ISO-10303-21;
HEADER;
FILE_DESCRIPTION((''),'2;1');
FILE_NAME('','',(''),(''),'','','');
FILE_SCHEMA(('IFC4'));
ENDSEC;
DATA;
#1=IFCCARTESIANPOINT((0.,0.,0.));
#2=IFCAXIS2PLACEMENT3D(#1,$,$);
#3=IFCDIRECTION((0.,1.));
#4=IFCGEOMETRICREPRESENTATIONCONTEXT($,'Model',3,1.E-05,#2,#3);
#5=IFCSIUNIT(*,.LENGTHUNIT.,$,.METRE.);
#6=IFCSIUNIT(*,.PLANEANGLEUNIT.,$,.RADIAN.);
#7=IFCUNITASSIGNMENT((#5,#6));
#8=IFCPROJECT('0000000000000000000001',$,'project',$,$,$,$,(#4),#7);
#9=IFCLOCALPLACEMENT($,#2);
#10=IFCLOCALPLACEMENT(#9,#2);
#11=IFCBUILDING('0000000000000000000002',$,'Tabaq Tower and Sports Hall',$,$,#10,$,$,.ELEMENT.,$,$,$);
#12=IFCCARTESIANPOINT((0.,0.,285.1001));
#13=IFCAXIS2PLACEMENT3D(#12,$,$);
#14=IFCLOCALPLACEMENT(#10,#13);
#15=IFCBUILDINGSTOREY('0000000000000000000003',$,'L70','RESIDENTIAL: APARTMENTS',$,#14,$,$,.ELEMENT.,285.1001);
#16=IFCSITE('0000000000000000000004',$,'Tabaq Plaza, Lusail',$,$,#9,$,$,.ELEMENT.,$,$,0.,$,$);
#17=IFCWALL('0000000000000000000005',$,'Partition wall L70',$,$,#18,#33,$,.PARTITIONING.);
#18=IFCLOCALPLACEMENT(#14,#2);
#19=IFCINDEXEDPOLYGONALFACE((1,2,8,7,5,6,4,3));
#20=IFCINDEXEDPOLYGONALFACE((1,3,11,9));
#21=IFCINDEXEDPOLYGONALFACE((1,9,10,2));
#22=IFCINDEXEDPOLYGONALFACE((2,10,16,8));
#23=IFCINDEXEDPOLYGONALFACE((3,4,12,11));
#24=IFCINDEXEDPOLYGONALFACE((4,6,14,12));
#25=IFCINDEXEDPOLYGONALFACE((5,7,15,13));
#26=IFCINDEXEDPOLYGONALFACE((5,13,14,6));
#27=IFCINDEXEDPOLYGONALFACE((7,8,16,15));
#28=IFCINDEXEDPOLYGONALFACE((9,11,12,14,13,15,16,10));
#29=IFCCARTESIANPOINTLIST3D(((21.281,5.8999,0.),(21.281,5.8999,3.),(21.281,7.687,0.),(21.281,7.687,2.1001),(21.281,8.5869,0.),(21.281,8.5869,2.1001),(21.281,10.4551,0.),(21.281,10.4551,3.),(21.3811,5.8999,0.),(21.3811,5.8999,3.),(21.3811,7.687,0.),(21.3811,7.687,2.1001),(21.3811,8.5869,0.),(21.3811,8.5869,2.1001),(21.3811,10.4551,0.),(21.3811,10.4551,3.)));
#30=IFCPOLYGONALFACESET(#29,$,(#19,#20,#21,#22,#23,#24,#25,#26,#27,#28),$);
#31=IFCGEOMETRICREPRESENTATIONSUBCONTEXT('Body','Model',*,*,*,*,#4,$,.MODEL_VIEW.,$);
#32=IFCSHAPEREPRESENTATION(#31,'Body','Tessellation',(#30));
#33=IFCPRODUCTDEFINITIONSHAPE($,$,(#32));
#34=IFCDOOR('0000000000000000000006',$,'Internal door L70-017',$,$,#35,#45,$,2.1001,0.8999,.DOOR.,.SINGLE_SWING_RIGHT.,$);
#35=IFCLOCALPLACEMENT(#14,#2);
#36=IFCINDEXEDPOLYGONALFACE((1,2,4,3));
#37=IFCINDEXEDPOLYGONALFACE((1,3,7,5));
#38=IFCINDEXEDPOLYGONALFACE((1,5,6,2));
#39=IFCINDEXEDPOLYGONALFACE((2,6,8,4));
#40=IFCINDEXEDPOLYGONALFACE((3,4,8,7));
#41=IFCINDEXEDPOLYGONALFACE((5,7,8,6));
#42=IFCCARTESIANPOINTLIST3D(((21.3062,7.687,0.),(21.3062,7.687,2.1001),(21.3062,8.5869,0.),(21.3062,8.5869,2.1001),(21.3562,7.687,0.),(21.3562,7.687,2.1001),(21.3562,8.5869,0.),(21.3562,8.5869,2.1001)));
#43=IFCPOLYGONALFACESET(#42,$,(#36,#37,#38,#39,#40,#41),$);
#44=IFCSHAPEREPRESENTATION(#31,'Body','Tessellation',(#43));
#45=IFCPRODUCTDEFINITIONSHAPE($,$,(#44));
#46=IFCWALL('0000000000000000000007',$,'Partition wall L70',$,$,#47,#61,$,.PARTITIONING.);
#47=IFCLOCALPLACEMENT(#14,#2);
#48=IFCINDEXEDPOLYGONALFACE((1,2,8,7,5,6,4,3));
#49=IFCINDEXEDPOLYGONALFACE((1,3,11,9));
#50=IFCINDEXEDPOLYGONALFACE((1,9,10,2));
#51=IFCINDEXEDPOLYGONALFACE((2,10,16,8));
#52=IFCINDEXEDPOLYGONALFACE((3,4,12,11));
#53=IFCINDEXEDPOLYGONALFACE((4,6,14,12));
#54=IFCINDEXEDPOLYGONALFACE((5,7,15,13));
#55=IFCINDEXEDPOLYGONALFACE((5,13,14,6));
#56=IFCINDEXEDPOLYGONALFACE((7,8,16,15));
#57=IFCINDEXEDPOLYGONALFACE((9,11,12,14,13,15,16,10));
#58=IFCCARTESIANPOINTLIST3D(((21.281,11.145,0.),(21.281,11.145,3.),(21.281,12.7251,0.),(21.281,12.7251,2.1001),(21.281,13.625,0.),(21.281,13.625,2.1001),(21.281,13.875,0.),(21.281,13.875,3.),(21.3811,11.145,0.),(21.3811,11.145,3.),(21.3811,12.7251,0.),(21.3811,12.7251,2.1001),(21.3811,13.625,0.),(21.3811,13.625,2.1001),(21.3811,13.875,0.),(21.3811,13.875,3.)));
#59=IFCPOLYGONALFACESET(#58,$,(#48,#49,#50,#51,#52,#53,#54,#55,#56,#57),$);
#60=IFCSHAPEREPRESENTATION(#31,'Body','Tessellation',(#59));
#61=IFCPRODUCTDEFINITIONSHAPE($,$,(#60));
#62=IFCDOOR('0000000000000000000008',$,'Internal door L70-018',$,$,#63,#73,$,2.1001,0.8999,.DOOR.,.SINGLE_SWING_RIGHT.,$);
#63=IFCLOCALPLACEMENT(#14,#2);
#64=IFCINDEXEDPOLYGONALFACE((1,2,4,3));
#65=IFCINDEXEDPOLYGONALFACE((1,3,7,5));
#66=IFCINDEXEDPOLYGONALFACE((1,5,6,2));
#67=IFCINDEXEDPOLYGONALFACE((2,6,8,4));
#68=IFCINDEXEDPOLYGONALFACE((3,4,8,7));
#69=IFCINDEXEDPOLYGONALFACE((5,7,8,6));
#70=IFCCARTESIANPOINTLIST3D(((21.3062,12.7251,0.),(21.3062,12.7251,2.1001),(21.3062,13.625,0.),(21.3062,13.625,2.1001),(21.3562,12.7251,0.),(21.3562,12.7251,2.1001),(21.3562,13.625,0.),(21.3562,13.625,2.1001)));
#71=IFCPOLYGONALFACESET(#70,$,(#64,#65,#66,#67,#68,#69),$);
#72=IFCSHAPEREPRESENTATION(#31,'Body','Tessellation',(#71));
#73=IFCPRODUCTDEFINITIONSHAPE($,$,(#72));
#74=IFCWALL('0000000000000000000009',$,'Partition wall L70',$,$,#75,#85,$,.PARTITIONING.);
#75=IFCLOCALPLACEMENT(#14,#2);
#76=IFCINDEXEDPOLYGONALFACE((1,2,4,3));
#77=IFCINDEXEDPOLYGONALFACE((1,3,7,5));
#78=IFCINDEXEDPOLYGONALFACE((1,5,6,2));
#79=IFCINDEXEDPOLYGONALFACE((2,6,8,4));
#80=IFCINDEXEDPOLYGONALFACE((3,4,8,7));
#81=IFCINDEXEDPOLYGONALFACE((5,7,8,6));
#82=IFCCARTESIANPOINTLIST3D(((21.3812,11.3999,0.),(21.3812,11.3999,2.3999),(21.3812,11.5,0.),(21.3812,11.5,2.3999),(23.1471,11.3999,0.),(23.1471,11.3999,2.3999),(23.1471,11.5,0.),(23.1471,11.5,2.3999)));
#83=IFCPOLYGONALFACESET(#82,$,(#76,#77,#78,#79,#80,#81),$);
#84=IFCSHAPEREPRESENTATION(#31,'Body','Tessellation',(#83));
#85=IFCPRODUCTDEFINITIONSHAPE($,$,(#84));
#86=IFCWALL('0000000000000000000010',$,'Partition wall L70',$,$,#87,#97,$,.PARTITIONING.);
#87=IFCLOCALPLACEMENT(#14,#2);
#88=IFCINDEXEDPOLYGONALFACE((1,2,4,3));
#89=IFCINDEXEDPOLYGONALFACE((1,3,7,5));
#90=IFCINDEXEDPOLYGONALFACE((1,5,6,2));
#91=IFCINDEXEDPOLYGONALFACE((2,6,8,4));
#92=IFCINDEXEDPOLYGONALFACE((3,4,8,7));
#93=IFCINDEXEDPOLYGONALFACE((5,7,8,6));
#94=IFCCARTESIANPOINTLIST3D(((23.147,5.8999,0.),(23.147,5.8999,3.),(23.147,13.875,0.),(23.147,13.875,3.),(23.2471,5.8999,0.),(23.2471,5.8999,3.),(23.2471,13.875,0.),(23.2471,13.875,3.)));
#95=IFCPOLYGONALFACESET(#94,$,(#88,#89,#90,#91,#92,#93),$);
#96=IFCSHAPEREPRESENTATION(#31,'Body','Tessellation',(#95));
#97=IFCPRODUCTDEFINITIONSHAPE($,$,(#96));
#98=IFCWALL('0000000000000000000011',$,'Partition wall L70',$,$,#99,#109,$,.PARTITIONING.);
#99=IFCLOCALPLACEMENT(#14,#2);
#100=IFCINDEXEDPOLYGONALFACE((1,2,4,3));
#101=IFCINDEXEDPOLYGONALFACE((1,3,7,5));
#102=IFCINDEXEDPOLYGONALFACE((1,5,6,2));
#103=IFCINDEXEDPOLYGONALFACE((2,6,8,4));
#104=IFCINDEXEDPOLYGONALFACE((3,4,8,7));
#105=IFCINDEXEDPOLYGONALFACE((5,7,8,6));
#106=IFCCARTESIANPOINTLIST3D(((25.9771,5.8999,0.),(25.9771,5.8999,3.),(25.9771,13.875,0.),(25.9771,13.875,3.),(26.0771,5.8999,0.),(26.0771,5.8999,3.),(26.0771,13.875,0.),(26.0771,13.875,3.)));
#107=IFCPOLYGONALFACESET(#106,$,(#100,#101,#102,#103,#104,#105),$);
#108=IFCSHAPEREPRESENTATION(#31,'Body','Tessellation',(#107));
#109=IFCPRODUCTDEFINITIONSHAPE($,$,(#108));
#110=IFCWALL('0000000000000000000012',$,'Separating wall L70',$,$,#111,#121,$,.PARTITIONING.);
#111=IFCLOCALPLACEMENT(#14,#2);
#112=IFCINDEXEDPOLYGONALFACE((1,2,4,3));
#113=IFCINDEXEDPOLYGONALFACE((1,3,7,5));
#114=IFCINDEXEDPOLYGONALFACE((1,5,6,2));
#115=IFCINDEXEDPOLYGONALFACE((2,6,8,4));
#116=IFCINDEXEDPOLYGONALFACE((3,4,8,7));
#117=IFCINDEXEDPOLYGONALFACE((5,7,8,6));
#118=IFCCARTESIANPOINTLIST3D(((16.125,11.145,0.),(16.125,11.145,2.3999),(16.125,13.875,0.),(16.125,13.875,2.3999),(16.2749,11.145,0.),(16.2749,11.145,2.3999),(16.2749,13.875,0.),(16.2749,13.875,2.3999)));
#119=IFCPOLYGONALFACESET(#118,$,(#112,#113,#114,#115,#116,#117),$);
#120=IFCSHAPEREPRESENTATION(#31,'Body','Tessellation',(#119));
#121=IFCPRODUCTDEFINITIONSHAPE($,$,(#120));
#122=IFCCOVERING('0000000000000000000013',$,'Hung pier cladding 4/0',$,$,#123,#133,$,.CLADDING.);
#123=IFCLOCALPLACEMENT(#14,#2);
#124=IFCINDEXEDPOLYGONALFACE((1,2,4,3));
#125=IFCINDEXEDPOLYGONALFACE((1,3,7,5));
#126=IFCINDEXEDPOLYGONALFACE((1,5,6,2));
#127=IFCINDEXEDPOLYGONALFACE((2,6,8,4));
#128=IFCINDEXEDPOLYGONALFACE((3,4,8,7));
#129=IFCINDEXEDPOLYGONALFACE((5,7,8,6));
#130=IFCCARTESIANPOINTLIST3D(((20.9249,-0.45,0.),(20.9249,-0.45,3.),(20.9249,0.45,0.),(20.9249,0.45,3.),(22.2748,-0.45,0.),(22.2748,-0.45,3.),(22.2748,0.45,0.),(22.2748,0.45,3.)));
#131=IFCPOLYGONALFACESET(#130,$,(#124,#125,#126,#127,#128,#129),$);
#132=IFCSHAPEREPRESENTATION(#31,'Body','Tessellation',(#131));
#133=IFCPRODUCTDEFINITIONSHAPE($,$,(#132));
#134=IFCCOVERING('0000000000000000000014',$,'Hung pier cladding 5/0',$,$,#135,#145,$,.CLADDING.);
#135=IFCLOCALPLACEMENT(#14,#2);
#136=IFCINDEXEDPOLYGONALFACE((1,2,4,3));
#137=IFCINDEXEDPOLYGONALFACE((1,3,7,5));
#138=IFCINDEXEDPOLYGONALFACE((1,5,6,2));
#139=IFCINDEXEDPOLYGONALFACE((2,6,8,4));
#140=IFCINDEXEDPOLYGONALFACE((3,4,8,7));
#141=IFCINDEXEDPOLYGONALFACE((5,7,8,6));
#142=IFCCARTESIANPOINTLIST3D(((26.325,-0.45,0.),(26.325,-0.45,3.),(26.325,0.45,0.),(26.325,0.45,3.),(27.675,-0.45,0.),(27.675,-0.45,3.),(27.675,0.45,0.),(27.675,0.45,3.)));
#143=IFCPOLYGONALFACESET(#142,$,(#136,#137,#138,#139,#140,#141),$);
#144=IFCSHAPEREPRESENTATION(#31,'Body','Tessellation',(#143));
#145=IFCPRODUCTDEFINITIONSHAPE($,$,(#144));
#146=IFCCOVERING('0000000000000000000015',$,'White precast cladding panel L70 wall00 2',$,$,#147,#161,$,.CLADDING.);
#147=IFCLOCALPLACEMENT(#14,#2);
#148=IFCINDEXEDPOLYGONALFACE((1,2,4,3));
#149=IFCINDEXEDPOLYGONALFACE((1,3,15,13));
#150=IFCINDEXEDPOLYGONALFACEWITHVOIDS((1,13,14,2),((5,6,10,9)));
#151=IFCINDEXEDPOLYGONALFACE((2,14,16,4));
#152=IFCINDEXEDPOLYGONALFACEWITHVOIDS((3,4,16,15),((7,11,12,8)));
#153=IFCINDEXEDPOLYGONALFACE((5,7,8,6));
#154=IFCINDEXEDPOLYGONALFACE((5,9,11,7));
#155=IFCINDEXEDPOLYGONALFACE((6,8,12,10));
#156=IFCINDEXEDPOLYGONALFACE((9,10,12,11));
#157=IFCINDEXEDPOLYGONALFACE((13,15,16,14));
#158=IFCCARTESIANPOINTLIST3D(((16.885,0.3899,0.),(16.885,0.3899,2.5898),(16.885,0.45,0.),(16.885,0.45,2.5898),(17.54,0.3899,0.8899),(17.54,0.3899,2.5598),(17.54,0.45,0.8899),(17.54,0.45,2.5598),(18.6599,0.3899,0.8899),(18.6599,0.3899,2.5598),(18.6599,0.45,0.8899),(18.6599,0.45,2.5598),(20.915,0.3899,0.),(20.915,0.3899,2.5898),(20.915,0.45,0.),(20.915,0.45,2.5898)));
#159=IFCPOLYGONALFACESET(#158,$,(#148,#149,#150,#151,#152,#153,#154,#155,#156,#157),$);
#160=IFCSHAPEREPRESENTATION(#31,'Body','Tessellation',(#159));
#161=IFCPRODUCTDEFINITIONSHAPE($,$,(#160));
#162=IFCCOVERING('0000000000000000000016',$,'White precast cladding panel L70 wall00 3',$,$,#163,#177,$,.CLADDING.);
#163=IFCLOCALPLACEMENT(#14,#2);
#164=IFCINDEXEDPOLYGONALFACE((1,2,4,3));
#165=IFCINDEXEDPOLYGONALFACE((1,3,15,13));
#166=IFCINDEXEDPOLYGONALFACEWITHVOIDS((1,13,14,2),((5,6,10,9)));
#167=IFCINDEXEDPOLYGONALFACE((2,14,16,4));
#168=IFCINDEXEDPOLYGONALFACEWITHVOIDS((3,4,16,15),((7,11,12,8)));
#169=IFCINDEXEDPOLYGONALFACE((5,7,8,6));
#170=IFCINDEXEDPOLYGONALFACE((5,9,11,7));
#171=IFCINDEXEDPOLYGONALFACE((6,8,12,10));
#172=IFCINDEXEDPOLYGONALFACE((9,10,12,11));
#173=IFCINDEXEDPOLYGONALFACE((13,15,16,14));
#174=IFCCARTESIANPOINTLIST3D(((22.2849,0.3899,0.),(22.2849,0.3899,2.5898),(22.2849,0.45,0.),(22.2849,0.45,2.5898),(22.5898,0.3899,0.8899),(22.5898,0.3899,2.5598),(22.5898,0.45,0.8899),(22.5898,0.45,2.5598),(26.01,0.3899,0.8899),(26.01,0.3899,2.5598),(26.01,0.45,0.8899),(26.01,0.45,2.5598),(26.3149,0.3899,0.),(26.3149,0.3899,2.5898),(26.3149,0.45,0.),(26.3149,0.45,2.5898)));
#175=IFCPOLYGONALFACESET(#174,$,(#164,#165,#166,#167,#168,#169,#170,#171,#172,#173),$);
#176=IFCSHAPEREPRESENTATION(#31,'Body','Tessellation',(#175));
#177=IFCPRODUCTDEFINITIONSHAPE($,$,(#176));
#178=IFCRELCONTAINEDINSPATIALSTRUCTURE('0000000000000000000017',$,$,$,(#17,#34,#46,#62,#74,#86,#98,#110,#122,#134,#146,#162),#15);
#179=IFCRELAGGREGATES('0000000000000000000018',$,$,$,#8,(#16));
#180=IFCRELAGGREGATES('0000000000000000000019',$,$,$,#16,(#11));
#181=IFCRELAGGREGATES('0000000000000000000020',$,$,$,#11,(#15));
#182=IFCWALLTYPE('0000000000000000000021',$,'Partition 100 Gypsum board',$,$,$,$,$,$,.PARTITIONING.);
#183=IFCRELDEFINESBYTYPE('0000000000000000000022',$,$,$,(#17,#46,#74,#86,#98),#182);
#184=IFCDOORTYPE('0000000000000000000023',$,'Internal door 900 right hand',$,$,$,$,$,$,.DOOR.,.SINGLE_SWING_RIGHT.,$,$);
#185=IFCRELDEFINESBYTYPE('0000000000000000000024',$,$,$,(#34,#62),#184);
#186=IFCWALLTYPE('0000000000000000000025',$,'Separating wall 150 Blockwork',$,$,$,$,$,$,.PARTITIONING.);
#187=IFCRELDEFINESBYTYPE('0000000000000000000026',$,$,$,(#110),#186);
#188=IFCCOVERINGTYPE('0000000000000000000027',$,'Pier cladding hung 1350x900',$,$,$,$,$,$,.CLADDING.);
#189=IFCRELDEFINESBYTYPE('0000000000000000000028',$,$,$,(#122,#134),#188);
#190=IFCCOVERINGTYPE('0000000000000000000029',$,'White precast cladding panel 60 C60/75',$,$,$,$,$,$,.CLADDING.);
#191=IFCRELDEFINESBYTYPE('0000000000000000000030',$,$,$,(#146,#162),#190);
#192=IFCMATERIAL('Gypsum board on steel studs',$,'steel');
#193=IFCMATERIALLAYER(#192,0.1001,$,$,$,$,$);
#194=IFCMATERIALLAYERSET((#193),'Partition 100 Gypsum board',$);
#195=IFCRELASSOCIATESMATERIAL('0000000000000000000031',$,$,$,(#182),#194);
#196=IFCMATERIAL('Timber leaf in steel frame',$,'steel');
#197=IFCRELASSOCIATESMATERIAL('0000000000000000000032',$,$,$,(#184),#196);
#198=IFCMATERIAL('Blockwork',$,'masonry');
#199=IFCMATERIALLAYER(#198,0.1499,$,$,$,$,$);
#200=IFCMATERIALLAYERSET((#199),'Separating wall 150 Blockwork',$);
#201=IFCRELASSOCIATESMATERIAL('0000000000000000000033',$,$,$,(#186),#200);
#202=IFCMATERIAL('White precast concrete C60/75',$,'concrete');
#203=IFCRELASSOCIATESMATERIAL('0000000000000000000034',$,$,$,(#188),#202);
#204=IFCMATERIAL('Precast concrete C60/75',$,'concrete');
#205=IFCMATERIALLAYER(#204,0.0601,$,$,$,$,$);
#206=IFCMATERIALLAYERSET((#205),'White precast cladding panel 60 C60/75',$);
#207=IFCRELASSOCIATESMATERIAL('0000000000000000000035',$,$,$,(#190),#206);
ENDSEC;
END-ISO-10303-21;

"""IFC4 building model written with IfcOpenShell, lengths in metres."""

from ifc_helpers import new_model, si_unit, direction, frame, frame_2d, origin, place, context, subcontext, project, spatial, polyline, rectangle, outline, extrude, material, layer, layer_set, type_object, element, fill, save


model = new_model("IFC4")

# Units and contexts
model_context = context("Model", 3, precision=1e-05, world=origin(), true_north=direction((0.0, 1.0)))
body_context = subcontext(model_context, "Body", "Model", "MODEL_VIEW")
ifc_project = project(units=[si_unit("LENGTHUNIT", "METRE"), si_unit("PLANEANGLEUNIT", "RADIAN")], contexts=[model_context])

# Site, building, storey
site_placement = place(None, origin())
site = spatial("IfcSite", under=ifc_project, at=site_placement, Name="Tabaq Plaza, Lusail", CompositionType="ELEMENT", RefElevation=0.0)
building_placement = place(site_placement, origin())
building = spatial("IfcBuilding", under=site, at=building_placement, Name="Tabaq Tower and Sports Hall", CompositionType="ELEMENT")
storey_placement = place(building_placement, frame((0.0, 0.0, 285.1001)))
storey = spatial("IfcBuildingStorey", under=building, at=storey_placement, Name="L70", Description="RESIDENTIAL: APARTMENTS", CompositionType="ELEMENT", Elevation=285.1001)

# Shared definitions
ifc_material_1 = material(Name="Gypsum board on steel studs", Category="steel")
ifc_layer_1 = layer(ifc_material_1, 0.1001)
ifc_layer_set_1 = layer_set([ifc_layer_1], Name="Partition 100 Gypsum board")
wall_type_1 = type_object("IfcWallType", Name="Partition 100 Gypsum board", PredefinedType="PARTITIONING", material=ifc_layer_set_1)

# Shared definitions
ifc_material_2 = material(Name="Timber leaf in steel frame", Category="steel")
door_type_1 = type_object("IfcDoorType", Name="Internal door 900 right hand", OperationType="SINGLE_SWING_RIGHT", PredefinedType="DOOR", material=ifc_material_2)

# Walls, openings, doors
wall_1_placement = place(storey_placement, frame((21.3311, 5.8999, 0.0), z_axis=(0.0, 0.0, 1.0), x_axis=(0.0, 1.0, 0.0)))
wall_1 = element("IfcWall", 1, at=wall_1_placement, inside=storey, type_object=wall_type_1, Name="Partition wall L70", PredefinedType="PARTITIONING", context=body_context, shape_type="SweptSolid", body=[
    extrude(rectangle(XDim=4.5552, YDim=0.1001, at=frame_2d((2.2776, 0.0))), origin(), (0.0, 0.0, 1.0), 3.0),
])
opening_1_placement = place(wall_1_placement, frame((1.7871, 0.0, 0.0)))
opening_1 = element("IfcOpeningElement", 2, at=opening_1_placement, cuts=wall_1, PredefinedType="OPENING", context=body_context, shape_type="SweptSolid", body=[
    extrude(rectangle(XDim=0.8999, YDim=2.1001, at=frame_2d((0.45, 1.05))), frame((0.0, 0.05, 0.0), z_axis=(0.0, -1.0, 0.0), x_axis=(1.0, 0.0, 0.0)), (0.0, 0.0, 1.0), 0.1001),
])
door_1_placement = place(opening_1_placement, origin())
door_1 = element("IfcDoor", 3, at=door_1_placement, inside=storey, type_object=door_type_1, Name="Internal door L70-017", OperationType="SINGLE_SWING_RIGHT", OverallHeight=2.1001, OverallWidth=0.8999, PredefinedType="DOOR", context=body_context, shape_type="SweptSolid", body=[
    extrude(rectangle(XDim=0.8999, YDim=2.1001, at=frame_2d((0.45, 1.05))), frame((0.0, 0.0249, 0.0), z_axis=(0.0, -1.0, 0.0), x_axis=(1.0, 0.0, 0.0)), (0.0, 0.0, 1.0), 0.05),
])
fill(opening_1, door_1)
wall_2_placement = place(storey_placement, frame((21.3311, 11.145, 0.0), z_axis=(0.0, 0.0, 1.0), x_axis=(0.0, 1.0, 0.0)))
wall_2 = element("IfcWall", 4, at=wall_2_placement, inside=storey, type_object=wall_type_1, Name="Partition wall L70", PredefinedType="PARTITIONING", context=body_context, shape_type="SweptSolid", body=[
    extrude(rectangle(XDim=2.73, YDim=0.1001, at=frame_2d((1.365, 0.0))), origin(), (0.0, 0.0, 1.0), 3.0),
])
opening_2_placement = place(wall_2_placement, frame((1.5801, 0.0, 0.0)))
opening_2 = element("IfcOpeningElement", 5, at=opening_2_placement, cuts=wall_2, PredefinedType="OPENING", context=body_context, shape_type="SweptSolid", body=[
    extrude(rectangle(XDim=0.8999, YDim=2.1001, at=frame_2d((0.45, 1.05))), frame((0.0, 0.05, 0.0), z_axis=(0.0, -1.0, 0.0), x_axis=(1.0, 0.0, 0.0)), (0.0, 0.0, 1.0), 0.1001),
])
door_2_placement = place(opening_2_placement, origin())
door_2 = element("IfcDoor", 6, at=door_2_placement, inside=storey, type_object=door_type_1, Name="Internal door L70-018", OperationType="SINGLE_SWING_RIGHT", OverallHeight=2.1001, OverallWidth=0.8999, PredefinedType="DOOR", context=body_context, shape_type="SweptSolid", body=[
    extrude(rectangle(XDim=0.8999, YDim=2.1001, at=frame_2d((0.45, 1.05))), frame((0.0, 0.0249, 0.0), z_axis=(0.0, -1.0, 0.0), x_axis=(1.0, 0.0, 0.0)), (0.0, 0.0, 1.0), 0.05),
])
fill(opening_2, door_2)

# Walls
wall_3_placement = place(storey_placement, frame((23.147, 11.45, 0.0), z_axis=(0.0, 0.0, 1.0), x_axis=(-1.0, 0.0, 0.0)))
element("IfcWall", 7, at=wall_3_placement, inside=storey, type_object=wall_type_1, Name="Partition wall L70", PredefinedType="PARTITIONING", context=body_context, shape_type="SweptSolid", body=[
    extrude(rectangle(XDim=1.7659, YDim=0.1001, at=frame_2d((0.8828, 0.0))), origin(), (0.0, 0.0, 1.0), 2.3999),
])
for number, where, z_axis, x_axis, name in (
    (8, (23.197, 5.8999, 0.0), (0.0, 0.0, 1.0), (0.0, 1.0, 0.0), "Partition wall L70"),
    (9, (26.0271, 5.8999, 0.0), (0.0, 0.0, 1.0), (0.0, 1.0, 0.0), "Partition wall L70"),
):
    element("IfcWall", number, at=place(storey_placement, frame(where, z_axis=z_axis, x_axis=x_axis)), inside=storey, type_object=wall_type_1, Name=name, PredefinedType="PARTITIONING", context=body_context, shape_type="SweptSolid", body=[
        extrude(rectangle(XDim=7.9751, YDim=0.1001, at=frame_2d((3.9875, 0.0))), origin(), (0.0, 0.0, 1.0), 3.0),
    ])
ifc_material_3 = material(Name="Blockwork", Category="masonry")
ifc_layer_2 = layer(ifc_material_3, 0.1499)
ifc_layer_set_2 = layer_set([ifc_layer_2], Name="Separating wall 150 Blockwork")
wall_type_2 = type_object("IfcWallType", Name="Separating wall 150 Blockwork", PredefinedType="PARTITIONING", material=ifc_layer_set_2)
wall_4_placement = place(storey_placement, frame((16.2, 11.145, 0.0), z_axis=(0.0, 0.0, 1.0), x_axis=(0.0, 1.0, 0.0)))
element("IfcWall", 10, at=wall_4_placement, inside=storey, type_object=wall_type_2, Name="Separating wall L70", PredefinedType="PARTITIONING", context=body_context, shape_type="SweptSolid", body=[
    extrude(rectangle(XDim=2.73, YDim=0.1499, at=frame_2d((1.365, 0.0))), origin(), (0.0, 0.0, 1.0), 2.3999),
])

# Coverings
ifc_material_4 = material(Name="White precast concrete C60/75", Category="concrete")
covering_type_1 = type_object("IfcCoveringType", Name="Pier cladding hung 1350x900", PredefinedType="CLADDING", material=ifc_material_4)
covering_1_placement = place(storey_placement, frame((20.925, 0.0, 0.0), z_axis=(0.0, 0.0, 1.0), x_axis=(1.0, 0.0, 0.0)))
element("IfcCovering", 11, at=covering_1_placement, inside=storey, type_object=covering_type_1, Name="Hung pier cladding 4/0", PredefinedType="CLADDING", context=body_context, shape_type="SweptSolid", body=[
    extrude(rectangle(XDim=1.3499, YDim=0.8999, at=frame_2d((0.6748, 0.0))), origin(), (0.0, 0.0, 1.0), 3.0),
])
covering_2_placement = place(storey_placement, frame((26.325, 0.0, 0.0), z_axis=(0.0, 0.0, 1.0), x_axis=(1.0, 0.0, 0.0)))
element("IfcCovering", 12, at=covering_2_placement, inside=storey, type_object=covering_type_1, Name="Hung pier cladding 5/0", PredefinedType="CLADDING", context=body_context, shape_type="SweptSolid", body=[
    extrude(rectangle(XDim=1.3501, YDim=0.8999, at=frame_2d((0.675, 0.0))), origin(), (0.0, 0.0, 1.0), 3.0),
])
ifc_material_5 = material(Name="Precast concrete C60/75", Category="concrete")
ifc_layer_3 = layer(ifc_material_5, 0.0601)
ifc_layer_set_3 = layer_set([ifc_layer_3], Name="White precast cladding panel 60 C60/75")
covering_type_2 = type_object("IfcCoveringType", Name="White precast cladding panel 60 C60/75", PredefinedType="CLADDING", material=ifc_layer_set_3)
covering_3_placement = place(storey_placement, frame((16.885, 0.4199, 0.0), z_axis=(0.0, 0.0, 1.0), x_axis=(1.0, 0.0, 0.0)))
element("IfcCovering", 13, at=covering_3_placement, inside=storey, type_object=covering_type_2, Name="White precast cladding panel L70 wall00 2", PredefinedType="CLADDING", context=body_context, shape_type="SweptSolid", body=[
    extrude(outline(polyline([(0.0, 0.0), (4.03, 0.0), (4.03, 2.5898), (0.0, 2.5898), (0.0, 0.0)]), holes=[polyline([(1.7749, 0.8899), (0.655, 0.8899), (0.655, 2.5598), (1.7749, 2.5598), (1.7749, 0.8899)])]), frame((0.0, 0.03, 0.0), z_axis=(0.0, -1.0, 0.0), x_axis=(1.0, 0.0, 0.0)), (0.0, 0.0, 1.0), 0.0601),
])
covering_4_placement = place(storey_placement, frame((22.2849, 0.4199, 0.0), z_axis=(0.0, 0.0, 1.0), x_axis=(1.0, 0.0, 0.0)))
element("IfcCovering", 14, at=covering_4_placement, inside=storey, type_object=covering_type_2, Name="White precast cladding panel L70 wall00 3", PredefinedType="CLADDING", context=body_context, shape_type="SweptSolid", body=[
    extrude(outline(polyline([(0.0, 0.0), (4.03, 0.0), (4.03, 2.5898), (0.0, 2.5898), (0.0, 0.0)]), holes=[polyline([(3.7251, 0.8899), (0.3049, 0.8899), (0.3049, 2.5598), (3.7251, 2.5598), (3.7251, 0.8899)])]), frame((0.0, 0.03, 0.0), z_axis=(0.0, -1.0, 0.0), x_axis=(1.0, 0.0, 0.0)), (0.0, 0.0, 1.0), 0.0601),
])

save(model, "model.ifc")
